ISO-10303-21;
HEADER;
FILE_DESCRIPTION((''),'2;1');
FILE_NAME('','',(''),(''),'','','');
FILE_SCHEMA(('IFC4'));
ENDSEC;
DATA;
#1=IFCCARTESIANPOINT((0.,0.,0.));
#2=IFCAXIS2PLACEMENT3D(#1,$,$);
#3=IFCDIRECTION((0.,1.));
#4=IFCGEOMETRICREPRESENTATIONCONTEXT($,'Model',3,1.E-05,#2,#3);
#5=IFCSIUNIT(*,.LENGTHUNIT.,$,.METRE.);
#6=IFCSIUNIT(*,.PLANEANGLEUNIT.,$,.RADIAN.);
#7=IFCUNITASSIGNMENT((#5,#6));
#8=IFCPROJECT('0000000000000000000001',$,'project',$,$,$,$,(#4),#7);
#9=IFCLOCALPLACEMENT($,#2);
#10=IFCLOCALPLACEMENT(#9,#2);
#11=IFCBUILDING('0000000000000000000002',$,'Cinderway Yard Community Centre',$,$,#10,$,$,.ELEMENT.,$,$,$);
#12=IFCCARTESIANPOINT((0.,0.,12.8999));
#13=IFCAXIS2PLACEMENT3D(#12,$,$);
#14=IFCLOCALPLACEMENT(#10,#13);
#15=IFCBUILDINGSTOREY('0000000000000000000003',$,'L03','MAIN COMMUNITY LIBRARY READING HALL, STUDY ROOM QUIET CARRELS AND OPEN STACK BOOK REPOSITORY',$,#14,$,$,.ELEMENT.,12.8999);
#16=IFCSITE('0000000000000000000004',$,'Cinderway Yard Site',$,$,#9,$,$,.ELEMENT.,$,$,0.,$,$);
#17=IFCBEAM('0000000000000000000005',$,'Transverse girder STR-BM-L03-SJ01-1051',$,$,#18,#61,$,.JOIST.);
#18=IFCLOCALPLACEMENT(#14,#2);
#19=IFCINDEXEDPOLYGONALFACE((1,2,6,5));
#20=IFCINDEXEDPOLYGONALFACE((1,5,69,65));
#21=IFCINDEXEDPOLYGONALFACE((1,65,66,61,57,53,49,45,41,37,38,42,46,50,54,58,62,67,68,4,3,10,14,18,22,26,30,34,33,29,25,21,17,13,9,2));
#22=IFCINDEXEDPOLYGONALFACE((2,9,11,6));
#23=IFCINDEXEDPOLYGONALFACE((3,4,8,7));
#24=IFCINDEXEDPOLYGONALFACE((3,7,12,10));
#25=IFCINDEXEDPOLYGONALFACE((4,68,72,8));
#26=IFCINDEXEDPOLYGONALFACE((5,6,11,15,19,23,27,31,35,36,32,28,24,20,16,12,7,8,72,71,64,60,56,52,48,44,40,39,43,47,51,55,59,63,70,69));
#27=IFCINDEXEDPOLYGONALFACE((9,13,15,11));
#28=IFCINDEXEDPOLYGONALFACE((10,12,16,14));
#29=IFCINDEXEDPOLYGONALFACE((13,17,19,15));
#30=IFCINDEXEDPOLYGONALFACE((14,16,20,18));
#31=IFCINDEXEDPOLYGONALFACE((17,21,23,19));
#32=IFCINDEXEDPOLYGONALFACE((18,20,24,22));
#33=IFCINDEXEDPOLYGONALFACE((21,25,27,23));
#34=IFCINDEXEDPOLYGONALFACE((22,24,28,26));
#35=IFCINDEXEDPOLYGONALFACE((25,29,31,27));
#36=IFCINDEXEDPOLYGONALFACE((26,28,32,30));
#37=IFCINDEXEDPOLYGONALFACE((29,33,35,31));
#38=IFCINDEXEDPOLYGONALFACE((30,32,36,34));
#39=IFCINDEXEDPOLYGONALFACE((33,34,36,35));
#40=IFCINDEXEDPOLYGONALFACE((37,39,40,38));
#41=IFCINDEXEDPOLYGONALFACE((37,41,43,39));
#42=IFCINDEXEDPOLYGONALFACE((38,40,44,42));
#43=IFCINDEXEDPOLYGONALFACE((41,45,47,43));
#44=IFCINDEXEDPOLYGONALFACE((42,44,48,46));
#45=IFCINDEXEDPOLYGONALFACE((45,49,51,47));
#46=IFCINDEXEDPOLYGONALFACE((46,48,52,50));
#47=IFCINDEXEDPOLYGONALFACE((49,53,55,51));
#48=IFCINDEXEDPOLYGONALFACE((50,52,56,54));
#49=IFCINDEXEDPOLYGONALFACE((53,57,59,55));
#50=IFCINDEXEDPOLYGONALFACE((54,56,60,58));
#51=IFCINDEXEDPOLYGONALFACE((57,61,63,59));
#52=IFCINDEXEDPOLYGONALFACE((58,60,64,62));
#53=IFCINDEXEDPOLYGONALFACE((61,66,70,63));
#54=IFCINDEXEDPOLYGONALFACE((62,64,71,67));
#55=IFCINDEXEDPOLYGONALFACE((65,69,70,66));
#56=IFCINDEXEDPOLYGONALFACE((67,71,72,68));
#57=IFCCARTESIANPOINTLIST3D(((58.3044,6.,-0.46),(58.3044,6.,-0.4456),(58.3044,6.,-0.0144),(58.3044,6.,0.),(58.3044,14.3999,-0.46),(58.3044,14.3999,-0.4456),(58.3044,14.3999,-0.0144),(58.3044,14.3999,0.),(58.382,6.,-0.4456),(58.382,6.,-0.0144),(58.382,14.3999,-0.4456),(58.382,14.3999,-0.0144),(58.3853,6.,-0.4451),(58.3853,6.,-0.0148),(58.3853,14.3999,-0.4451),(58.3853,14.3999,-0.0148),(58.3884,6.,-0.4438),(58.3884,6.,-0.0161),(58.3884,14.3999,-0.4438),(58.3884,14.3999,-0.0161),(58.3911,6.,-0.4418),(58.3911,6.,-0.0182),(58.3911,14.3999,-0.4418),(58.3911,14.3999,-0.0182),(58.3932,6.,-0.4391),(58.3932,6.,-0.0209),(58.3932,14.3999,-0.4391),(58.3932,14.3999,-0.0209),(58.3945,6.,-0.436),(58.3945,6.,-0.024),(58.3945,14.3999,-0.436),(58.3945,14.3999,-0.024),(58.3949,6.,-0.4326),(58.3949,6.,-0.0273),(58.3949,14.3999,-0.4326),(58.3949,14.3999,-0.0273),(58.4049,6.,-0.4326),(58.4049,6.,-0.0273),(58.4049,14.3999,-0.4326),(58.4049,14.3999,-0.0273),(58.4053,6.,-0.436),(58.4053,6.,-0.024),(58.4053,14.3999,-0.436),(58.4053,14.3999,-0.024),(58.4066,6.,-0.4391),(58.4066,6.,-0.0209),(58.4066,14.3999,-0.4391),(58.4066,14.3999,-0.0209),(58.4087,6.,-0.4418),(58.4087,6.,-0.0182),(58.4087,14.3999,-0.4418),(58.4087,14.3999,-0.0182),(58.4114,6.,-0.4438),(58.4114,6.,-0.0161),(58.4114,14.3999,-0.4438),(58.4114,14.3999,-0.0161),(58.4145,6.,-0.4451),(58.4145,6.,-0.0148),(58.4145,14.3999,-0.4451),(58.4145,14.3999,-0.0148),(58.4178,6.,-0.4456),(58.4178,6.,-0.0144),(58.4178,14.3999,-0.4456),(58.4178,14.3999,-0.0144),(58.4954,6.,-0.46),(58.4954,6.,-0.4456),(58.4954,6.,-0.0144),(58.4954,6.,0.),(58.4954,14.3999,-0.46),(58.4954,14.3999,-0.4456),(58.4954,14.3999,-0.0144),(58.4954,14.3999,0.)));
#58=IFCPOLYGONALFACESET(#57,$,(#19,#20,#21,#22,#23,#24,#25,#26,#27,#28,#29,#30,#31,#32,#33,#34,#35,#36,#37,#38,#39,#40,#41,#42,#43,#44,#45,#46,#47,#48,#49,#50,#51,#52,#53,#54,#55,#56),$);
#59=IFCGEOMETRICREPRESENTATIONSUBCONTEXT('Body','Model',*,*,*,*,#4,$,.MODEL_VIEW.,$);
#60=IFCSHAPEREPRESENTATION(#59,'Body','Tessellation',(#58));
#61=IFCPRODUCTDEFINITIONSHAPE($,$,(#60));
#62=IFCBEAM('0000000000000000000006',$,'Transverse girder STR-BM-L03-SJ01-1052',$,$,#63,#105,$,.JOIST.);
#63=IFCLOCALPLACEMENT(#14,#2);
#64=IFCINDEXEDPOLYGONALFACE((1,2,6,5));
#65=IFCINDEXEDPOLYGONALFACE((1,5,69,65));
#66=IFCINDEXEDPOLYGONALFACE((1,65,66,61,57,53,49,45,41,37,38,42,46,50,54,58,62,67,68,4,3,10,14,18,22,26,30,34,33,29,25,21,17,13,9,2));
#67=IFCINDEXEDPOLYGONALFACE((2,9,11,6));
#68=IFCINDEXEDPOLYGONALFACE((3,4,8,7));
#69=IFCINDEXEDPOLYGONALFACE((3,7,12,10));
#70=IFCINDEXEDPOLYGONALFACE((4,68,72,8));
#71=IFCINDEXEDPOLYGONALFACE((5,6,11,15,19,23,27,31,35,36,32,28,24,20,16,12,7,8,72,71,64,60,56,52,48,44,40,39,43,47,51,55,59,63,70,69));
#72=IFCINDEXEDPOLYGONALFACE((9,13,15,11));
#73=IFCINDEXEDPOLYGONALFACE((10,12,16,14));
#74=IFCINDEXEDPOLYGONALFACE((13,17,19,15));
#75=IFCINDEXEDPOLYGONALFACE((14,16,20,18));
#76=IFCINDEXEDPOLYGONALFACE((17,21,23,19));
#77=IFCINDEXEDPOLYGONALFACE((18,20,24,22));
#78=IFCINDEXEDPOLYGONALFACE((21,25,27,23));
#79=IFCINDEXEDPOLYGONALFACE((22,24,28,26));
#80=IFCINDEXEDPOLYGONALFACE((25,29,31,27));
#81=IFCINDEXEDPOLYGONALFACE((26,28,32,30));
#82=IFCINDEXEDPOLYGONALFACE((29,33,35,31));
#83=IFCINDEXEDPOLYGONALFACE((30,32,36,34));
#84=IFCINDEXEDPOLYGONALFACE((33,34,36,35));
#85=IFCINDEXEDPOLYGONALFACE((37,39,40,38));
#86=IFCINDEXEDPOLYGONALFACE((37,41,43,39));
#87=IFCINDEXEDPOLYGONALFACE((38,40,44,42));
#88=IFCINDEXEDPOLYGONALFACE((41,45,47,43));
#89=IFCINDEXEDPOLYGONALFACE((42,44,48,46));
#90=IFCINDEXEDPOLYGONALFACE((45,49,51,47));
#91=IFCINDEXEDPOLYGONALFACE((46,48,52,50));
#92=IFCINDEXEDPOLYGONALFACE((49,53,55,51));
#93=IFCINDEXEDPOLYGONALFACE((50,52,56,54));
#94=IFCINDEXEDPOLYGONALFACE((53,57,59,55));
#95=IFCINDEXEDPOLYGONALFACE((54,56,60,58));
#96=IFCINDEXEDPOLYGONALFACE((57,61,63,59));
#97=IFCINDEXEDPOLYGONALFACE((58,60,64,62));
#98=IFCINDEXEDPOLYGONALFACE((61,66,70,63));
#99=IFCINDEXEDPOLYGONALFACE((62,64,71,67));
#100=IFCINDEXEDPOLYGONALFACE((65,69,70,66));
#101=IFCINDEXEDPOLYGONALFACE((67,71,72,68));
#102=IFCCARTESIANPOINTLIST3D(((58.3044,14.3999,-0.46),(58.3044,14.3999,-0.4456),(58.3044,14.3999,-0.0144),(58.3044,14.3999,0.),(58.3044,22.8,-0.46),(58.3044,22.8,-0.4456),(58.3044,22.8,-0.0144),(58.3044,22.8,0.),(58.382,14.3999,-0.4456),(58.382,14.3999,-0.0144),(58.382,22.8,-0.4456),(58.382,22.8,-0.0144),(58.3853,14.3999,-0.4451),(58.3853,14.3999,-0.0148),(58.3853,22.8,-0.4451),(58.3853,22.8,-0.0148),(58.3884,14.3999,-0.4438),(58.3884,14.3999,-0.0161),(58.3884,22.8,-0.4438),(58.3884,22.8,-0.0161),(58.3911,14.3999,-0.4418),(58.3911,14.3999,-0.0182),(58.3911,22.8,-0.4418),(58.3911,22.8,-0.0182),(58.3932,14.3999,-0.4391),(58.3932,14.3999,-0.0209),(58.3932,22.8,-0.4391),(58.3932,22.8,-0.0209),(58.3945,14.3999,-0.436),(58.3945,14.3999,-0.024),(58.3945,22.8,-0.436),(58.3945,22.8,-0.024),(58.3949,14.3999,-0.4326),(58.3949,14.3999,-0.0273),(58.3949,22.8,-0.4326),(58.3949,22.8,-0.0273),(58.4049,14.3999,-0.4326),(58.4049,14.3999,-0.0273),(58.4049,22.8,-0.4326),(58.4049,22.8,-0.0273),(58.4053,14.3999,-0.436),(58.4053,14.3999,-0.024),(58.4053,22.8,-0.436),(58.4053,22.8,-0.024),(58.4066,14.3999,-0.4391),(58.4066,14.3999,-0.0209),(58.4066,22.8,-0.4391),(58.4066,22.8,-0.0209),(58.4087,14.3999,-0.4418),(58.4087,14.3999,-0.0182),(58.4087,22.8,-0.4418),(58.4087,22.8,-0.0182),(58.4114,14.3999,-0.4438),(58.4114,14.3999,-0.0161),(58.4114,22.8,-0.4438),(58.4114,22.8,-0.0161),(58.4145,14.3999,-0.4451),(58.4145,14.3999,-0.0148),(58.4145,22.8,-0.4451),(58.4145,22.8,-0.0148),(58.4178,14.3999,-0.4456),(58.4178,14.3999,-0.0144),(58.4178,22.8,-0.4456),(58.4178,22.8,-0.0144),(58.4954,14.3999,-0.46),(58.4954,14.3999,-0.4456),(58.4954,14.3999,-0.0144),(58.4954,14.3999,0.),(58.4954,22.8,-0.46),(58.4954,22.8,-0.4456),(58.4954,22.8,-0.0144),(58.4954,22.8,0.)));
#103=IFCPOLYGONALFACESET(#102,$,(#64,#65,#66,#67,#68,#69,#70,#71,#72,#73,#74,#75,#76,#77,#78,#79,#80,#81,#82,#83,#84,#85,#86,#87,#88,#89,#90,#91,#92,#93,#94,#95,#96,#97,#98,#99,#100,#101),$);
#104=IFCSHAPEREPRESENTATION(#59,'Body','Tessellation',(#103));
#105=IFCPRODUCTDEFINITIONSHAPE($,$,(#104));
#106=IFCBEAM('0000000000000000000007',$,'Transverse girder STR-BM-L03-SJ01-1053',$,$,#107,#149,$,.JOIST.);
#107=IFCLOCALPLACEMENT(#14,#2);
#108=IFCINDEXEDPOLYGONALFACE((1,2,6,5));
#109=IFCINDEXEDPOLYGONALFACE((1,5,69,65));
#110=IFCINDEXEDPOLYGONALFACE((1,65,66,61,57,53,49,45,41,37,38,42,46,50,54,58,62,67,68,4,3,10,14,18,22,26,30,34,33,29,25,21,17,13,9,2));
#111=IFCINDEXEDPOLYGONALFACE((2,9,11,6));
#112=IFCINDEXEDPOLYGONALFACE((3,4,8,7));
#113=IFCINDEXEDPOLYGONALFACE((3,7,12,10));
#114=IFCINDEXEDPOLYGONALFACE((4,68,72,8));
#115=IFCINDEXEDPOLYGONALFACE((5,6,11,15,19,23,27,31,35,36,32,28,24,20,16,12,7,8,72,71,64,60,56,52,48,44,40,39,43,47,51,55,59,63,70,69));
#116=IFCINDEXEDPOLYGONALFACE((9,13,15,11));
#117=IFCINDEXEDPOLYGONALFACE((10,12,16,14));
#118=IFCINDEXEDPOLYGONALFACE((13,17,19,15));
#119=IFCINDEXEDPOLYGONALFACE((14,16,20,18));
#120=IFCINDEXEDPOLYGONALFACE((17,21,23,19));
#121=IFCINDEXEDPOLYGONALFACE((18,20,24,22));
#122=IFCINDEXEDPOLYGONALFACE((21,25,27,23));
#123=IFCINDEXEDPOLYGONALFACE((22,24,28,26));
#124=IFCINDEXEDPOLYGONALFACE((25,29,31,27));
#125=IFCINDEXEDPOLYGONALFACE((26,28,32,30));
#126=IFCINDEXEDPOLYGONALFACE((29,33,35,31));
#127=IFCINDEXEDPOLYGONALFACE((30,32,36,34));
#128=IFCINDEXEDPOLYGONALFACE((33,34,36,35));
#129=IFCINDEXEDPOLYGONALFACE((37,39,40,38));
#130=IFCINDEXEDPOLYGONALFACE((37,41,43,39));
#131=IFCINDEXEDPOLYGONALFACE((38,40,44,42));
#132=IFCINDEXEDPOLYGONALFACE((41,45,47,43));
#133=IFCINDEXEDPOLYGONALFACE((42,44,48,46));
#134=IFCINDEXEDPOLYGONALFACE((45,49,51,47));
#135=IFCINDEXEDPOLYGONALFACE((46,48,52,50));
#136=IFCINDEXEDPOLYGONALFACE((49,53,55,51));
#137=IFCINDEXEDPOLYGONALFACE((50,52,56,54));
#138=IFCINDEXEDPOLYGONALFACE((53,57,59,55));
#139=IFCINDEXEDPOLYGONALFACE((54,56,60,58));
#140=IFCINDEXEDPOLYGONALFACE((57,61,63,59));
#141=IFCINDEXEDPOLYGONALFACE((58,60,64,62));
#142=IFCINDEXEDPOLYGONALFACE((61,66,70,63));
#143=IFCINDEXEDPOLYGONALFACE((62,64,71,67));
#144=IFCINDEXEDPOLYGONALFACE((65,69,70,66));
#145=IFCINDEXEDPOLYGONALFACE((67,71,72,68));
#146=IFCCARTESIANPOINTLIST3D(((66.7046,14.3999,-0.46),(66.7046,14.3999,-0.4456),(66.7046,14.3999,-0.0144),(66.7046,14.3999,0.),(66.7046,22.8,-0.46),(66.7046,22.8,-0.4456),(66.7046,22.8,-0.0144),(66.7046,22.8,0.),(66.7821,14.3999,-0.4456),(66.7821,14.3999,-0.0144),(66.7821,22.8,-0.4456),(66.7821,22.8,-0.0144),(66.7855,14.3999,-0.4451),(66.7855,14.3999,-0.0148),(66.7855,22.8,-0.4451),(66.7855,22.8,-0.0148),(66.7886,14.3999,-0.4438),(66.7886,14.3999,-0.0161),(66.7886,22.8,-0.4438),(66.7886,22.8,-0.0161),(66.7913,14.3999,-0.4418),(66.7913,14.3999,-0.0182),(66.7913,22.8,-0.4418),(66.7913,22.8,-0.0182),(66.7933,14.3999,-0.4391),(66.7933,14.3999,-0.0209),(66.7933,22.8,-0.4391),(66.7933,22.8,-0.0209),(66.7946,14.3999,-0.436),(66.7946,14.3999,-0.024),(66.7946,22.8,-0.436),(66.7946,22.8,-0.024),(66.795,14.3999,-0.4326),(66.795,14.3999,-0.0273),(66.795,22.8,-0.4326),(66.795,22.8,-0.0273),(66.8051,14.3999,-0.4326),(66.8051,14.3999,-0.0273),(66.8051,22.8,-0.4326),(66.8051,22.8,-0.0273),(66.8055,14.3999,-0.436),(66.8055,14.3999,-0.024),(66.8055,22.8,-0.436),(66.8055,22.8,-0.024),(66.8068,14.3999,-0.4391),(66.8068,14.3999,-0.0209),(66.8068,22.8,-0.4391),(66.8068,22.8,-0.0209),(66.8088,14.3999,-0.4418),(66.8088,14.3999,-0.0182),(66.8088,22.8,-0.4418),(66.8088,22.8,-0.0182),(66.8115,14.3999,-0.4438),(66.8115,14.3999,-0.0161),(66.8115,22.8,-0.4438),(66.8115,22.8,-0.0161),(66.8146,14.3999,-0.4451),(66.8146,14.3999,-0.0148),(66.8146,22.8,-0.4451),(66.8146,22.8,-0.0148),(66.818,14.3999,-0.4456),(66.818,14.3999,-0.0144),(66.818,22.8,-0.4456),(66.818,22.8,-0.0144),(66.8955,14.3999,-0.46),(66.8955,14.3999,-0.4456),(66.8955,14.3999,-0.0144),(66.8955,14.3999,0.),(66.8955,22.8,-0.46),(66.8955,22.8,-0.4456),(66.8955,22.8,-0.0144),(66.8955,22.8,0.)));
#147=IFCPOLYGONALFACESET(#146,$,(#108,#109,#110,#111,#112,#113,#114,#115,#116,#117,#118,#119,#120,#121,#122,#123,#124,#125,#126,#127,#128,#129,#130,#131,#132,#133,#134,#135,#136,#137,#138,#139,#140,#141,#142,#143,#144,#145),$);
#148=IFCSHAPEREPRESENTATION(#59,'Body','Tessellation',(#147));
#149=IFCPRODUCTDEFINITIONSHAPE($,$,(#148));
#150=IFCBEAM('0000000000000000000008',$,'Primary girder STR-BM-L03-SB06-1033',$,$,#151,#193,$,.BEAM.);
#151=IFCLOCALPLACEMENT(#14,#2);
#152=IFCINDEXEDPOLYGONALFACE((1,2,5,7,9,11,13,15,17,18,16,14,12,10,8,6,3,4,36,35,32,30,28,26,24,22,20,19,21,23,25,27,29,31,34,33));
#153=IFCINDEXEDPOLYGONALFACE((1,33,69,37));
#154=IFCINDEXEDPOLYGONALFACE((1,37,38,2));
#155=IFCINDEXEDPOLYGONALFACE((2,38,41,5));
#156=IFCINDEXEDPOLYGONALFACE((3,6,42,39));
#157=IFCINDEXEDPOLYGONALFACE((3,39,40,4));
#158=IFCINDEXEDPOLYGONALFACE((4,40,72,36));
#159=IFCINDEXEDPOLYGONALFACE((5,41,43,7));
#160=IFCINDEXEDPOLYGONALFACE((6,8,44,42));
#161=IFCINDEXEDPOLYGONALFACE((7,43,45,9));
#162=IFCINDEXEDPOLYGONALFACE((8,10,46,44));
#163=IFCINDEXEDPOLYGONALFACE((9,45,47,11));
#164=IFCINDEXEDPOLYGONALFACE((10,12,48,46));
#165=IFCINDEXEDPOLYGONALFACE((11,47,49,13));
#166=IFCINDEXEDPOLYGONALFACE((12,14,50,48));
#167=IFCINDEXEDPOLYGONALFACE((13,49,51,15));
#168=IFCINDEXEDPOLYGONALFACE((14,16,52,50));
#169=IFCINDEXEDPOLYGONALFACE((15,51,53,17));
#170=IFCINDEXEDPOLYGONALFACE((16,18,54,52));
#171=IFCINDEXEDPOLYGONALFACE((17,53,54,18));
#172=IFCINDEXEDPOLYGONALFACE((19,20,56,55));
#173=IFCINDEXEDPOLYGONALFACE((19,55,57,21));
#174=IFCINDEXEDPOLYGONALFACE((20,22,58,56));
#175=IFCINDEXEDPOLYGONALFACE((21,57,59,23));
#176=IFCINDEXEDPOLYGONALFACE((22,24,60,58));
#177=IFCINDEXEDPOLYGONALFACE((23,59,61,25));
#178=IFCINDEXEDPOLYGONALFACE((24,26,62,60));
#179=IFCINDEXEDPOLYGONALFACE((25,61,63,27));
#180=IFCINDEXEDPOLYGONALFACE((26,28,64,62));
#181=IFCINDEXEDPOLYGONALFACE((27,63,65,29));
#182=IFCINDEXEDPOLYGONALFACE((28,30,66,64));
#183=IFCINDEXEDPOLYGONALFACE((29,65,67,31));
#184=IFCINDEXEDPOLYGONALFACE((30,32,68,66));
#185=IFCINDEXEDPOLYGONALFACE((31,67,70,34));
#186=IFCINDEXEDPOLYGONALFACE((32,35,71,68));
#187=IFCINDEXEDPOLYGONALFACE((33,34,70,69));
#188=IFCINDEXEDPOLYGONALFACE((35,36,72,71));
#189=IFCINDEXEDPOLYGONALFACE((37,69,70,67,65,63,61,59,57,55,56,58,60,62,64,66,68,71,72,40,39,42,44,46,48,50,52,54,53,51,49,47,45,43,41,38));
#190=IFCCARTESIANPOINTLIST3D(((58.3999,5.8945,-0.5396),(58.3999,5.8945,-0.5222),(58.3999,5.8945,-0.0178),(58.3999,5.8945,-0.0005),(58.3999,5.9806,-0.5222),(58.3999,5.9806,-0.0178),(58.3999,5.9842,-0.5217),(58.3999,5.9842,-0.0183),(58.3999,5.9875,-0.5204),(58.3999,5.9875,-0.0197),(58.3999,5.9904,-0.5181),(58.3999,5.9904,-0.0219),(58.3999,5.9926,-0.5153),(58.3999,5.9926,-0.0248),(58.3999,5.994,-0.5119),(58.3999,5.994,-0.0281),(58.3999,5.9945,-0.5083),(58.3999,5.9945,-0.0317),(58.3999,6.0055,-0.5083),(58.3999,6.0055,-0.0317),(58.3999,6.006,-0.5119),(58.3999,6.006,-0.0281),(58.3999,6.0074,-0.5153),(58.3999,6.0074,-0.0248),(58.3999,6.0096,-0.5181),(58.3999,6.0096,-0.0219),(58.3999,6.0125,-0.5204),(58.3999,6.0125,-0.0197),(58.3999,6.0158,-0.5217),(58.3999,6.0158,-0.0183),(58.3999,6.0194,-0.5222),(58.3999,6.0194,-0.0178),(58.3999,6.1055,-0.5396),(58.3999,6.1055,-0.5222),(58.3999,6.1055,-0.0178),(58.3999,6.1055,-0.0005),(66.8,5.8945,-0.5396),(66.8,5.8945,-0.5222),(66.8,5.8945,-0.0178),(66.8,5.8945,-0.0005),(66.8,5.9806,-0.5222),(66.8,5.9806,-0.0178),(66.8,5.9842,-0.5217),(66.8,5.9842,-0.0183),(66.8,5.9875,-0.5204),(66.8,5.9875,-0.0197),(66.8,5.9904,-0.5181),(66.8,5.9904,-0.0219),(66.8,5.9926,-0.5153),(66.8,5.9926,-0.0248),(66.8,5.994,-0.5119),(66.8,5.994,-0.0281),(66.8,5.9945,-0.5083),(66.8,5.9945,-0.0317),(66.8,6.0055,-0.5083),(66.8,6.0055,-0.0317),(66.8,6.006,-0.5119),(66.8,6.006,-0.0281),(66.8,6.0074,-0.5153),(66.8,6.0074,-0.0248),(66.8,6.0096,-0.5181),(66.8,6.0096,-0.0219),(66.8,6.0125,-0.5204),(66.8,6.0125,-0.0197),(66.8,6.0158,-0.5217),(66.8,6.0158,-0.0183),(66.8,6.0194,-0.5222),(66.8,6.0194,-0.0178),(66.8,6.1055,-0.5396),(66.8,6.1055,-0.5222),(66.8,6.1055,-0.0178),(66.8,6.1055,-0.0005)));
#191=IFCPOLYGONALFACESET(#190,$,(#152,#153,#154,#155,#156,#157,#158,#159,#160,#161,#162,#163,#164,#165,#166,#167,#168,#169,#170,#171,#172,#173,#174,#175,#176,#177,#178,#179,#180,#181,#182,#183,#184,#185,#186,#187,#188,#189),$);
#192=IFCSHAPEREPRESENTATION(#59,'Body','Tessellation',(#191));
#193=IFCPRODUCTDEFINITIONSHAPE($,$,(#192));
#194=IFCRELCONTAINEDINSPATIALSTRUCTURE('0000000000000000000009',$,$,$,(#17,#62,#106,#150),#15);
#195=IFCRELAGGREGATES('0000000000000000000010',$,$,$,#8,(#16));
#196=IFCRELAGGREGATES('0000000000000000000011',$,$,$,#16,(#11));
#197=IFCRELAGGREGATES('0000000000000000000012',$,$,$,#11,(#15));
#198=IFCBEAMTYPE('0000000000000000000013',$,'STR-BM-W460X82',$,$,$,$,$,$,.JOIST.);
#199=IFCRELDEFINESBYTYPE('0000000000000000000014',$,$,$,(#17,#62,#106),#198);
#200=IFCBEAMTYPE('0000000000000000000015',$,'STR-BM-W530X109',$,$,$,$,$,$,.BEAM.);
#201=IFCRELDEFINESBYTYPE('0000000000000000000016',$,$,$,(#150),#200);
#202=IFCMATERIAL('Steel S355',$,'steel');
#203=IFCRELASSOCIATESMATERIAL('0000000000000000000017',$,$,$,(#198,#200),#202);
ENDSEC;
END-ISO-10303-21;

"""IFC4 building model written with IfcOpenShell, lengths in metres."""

from ifc_helpers import new_model, si_unit, direction, frame, origin, origin_2d, place, context, subcontext, project, spatial, i_section, extrude, material, material_profile, profile_set, type_object, element, save


model = new_model("IFC4")

# Units and contexts
model_context = context("Model", 3, precision=1e-05, world=origin(), true_north=direction((0.0, 1.0)))
body_context = subcontext(model_context, "Body", "Model", "MODEL_VIEW")
ifc_project = project(units=[si_unit("LENGTHUNIT", "METRE"), si_unit("PLANEANGLEUNIT", "RADIAN")], contexts=[model_context])

# Site, building, storey
site_placement = place(None, origin())
site = spatial("IfcSite", under=ifc_project, at=site_placement, Name="Cinderway Yard Site", CompositionType="ELEMENT", RefElevation=0.0)
building_placement = place(site_placement, origin())
building = spatial("IfcBuilding", under=site, at=building_placement, Name="Cinderway Yard Community Centre", CompositionType="ELEMENT")
storey_placement = place(building_placement, frame((0.0, 0.0, 12.8999)))
storey = spatial("IfcBuildingStorey", under=building, at=storey_placement, Name="L03", Description="MAIN COMMUNITY LIBRARY READING HALL, STUDY ROOM QUIET CARRELS AND OPEN STACK BOOK REPOSITORY", CompositionType="ELEMENT", Elevation=12.8999)

# Beams
ifc_material_1 = material(Name="Steel S355", Category="steel")
ifc_material_profile_1 = material_profile(ifc_material_1, i_section(OverallWidth=0.1909, OverallDepth=0.46, WebThickness=0.01, FlangeThickness=0.0144, FilletRadius=0.0129, at=origin_2d()), Name="Steel S355")
ifc_profile_set_1 = profile_set([ifc_material_profile_1], Name="Steel S355")
beam_type_1 = type_object("IfcBeamType", Name="STR-BM-W460X82", PredefinedType="JOIST", material=ifc_profile_set_1)
beam_1_placement = place(storey_placement, frame((58.3999, 6.0, -0.23), z_axis=(0.0, 1.0, 0.0), x_axis=(-1.0, 0.0, 0.0)))
element("IfcBeam", 1, at=beam_1_placement, inside=storey, type_object=beam_type_1, Name="Transverse girder STR-BM-L03-SJ01-1051", PredefinedType="JOIST", context=body_context, shape_type="SweptSolid", body=[
    extrude(i_section(OverallWidth=0.1909, OverallDepth=0.46, WebThickness=0.01, FlangeThickness=0.0144, FilletRadius=0.0129, at=origin_2d()), origin(), (0.0, 0.0, 1.0), 8.3999),
])
for number, where, z_axis, x_axis, name in (
    (2, (58.3999, 14.3999, -0.23), (0.0, 1.0, 0.0), (-1.0, 0.0, 0.0), "Transverse girder STR-BM-L03-SJ01-1052"),
    (3, (66.8, 14.3999, -0.23), (0.0, 1.0, 0.0), (-1.0, 0.0, 0.0), "Transverse girder STR-BM-L03-SJ01-1053"),
):
    element("IfcBeam", number, at=place(storey_placement, frame(where, z_axis=z_axis, x_axis=x_axis)), inside=storey, type_object=beam_type_1, Name=name, PredefinedType="JOIST", context=body_context, shape_type="SweptSolid", body=[
        extrude(i_section(OverallWidth=0.1909, OverallDepth=0.46, WebThickness=0.01, FlangeThickness=0.0144, FilletRadius=0.0129, at=origin_2d()), origin(), (0.0, 0.0, 1.0), 8.4001),
    ])
ifc_material_profile_2 = material_profile(ifc_material_1, i_section(OverallWidth=0.2109, OverallDepth=0.5391, WebThickness=0.011, FlangeThickness=0.0173, FilletRadius=0.0139, at=origin_2d()), Name="Steel S355")
ifc_profile_set_2 = profile_set([ifc_material_profile_2], Name="Steel S355")
beam_type_2 = type_object("IfcBeamType", Name="STR-BM-W530X109", PredefinedType="BEAM", material=ifc_profile_set_2)
beam_2_placement = place(storey_placement, frame((58.3999, 6.0, -0.27), z_axis=(1.0, 0.0, 0.0), x_axis=(0.0, 1.0, 0.0)))
element("IfcBeam", 4, at=beam_2_placement, inside=storey, type_object=beam_type_2, Name="Primary girder STR-BM-L03-SB06-1033", PredefinedType="BEAM", context=body_context, shape_type="SweptSolid", body=[
    extrude(i_section(OverallWidth=0.2109, OverallDepth=0.5391, WebThickness=0.011, FlangeThickness=0.0173, FilletRadius=0.0139, at=origin_2d()), origin(), (0.0, 0.0, 1.0), 8.4001),
])

save(model, "model.ifc")
